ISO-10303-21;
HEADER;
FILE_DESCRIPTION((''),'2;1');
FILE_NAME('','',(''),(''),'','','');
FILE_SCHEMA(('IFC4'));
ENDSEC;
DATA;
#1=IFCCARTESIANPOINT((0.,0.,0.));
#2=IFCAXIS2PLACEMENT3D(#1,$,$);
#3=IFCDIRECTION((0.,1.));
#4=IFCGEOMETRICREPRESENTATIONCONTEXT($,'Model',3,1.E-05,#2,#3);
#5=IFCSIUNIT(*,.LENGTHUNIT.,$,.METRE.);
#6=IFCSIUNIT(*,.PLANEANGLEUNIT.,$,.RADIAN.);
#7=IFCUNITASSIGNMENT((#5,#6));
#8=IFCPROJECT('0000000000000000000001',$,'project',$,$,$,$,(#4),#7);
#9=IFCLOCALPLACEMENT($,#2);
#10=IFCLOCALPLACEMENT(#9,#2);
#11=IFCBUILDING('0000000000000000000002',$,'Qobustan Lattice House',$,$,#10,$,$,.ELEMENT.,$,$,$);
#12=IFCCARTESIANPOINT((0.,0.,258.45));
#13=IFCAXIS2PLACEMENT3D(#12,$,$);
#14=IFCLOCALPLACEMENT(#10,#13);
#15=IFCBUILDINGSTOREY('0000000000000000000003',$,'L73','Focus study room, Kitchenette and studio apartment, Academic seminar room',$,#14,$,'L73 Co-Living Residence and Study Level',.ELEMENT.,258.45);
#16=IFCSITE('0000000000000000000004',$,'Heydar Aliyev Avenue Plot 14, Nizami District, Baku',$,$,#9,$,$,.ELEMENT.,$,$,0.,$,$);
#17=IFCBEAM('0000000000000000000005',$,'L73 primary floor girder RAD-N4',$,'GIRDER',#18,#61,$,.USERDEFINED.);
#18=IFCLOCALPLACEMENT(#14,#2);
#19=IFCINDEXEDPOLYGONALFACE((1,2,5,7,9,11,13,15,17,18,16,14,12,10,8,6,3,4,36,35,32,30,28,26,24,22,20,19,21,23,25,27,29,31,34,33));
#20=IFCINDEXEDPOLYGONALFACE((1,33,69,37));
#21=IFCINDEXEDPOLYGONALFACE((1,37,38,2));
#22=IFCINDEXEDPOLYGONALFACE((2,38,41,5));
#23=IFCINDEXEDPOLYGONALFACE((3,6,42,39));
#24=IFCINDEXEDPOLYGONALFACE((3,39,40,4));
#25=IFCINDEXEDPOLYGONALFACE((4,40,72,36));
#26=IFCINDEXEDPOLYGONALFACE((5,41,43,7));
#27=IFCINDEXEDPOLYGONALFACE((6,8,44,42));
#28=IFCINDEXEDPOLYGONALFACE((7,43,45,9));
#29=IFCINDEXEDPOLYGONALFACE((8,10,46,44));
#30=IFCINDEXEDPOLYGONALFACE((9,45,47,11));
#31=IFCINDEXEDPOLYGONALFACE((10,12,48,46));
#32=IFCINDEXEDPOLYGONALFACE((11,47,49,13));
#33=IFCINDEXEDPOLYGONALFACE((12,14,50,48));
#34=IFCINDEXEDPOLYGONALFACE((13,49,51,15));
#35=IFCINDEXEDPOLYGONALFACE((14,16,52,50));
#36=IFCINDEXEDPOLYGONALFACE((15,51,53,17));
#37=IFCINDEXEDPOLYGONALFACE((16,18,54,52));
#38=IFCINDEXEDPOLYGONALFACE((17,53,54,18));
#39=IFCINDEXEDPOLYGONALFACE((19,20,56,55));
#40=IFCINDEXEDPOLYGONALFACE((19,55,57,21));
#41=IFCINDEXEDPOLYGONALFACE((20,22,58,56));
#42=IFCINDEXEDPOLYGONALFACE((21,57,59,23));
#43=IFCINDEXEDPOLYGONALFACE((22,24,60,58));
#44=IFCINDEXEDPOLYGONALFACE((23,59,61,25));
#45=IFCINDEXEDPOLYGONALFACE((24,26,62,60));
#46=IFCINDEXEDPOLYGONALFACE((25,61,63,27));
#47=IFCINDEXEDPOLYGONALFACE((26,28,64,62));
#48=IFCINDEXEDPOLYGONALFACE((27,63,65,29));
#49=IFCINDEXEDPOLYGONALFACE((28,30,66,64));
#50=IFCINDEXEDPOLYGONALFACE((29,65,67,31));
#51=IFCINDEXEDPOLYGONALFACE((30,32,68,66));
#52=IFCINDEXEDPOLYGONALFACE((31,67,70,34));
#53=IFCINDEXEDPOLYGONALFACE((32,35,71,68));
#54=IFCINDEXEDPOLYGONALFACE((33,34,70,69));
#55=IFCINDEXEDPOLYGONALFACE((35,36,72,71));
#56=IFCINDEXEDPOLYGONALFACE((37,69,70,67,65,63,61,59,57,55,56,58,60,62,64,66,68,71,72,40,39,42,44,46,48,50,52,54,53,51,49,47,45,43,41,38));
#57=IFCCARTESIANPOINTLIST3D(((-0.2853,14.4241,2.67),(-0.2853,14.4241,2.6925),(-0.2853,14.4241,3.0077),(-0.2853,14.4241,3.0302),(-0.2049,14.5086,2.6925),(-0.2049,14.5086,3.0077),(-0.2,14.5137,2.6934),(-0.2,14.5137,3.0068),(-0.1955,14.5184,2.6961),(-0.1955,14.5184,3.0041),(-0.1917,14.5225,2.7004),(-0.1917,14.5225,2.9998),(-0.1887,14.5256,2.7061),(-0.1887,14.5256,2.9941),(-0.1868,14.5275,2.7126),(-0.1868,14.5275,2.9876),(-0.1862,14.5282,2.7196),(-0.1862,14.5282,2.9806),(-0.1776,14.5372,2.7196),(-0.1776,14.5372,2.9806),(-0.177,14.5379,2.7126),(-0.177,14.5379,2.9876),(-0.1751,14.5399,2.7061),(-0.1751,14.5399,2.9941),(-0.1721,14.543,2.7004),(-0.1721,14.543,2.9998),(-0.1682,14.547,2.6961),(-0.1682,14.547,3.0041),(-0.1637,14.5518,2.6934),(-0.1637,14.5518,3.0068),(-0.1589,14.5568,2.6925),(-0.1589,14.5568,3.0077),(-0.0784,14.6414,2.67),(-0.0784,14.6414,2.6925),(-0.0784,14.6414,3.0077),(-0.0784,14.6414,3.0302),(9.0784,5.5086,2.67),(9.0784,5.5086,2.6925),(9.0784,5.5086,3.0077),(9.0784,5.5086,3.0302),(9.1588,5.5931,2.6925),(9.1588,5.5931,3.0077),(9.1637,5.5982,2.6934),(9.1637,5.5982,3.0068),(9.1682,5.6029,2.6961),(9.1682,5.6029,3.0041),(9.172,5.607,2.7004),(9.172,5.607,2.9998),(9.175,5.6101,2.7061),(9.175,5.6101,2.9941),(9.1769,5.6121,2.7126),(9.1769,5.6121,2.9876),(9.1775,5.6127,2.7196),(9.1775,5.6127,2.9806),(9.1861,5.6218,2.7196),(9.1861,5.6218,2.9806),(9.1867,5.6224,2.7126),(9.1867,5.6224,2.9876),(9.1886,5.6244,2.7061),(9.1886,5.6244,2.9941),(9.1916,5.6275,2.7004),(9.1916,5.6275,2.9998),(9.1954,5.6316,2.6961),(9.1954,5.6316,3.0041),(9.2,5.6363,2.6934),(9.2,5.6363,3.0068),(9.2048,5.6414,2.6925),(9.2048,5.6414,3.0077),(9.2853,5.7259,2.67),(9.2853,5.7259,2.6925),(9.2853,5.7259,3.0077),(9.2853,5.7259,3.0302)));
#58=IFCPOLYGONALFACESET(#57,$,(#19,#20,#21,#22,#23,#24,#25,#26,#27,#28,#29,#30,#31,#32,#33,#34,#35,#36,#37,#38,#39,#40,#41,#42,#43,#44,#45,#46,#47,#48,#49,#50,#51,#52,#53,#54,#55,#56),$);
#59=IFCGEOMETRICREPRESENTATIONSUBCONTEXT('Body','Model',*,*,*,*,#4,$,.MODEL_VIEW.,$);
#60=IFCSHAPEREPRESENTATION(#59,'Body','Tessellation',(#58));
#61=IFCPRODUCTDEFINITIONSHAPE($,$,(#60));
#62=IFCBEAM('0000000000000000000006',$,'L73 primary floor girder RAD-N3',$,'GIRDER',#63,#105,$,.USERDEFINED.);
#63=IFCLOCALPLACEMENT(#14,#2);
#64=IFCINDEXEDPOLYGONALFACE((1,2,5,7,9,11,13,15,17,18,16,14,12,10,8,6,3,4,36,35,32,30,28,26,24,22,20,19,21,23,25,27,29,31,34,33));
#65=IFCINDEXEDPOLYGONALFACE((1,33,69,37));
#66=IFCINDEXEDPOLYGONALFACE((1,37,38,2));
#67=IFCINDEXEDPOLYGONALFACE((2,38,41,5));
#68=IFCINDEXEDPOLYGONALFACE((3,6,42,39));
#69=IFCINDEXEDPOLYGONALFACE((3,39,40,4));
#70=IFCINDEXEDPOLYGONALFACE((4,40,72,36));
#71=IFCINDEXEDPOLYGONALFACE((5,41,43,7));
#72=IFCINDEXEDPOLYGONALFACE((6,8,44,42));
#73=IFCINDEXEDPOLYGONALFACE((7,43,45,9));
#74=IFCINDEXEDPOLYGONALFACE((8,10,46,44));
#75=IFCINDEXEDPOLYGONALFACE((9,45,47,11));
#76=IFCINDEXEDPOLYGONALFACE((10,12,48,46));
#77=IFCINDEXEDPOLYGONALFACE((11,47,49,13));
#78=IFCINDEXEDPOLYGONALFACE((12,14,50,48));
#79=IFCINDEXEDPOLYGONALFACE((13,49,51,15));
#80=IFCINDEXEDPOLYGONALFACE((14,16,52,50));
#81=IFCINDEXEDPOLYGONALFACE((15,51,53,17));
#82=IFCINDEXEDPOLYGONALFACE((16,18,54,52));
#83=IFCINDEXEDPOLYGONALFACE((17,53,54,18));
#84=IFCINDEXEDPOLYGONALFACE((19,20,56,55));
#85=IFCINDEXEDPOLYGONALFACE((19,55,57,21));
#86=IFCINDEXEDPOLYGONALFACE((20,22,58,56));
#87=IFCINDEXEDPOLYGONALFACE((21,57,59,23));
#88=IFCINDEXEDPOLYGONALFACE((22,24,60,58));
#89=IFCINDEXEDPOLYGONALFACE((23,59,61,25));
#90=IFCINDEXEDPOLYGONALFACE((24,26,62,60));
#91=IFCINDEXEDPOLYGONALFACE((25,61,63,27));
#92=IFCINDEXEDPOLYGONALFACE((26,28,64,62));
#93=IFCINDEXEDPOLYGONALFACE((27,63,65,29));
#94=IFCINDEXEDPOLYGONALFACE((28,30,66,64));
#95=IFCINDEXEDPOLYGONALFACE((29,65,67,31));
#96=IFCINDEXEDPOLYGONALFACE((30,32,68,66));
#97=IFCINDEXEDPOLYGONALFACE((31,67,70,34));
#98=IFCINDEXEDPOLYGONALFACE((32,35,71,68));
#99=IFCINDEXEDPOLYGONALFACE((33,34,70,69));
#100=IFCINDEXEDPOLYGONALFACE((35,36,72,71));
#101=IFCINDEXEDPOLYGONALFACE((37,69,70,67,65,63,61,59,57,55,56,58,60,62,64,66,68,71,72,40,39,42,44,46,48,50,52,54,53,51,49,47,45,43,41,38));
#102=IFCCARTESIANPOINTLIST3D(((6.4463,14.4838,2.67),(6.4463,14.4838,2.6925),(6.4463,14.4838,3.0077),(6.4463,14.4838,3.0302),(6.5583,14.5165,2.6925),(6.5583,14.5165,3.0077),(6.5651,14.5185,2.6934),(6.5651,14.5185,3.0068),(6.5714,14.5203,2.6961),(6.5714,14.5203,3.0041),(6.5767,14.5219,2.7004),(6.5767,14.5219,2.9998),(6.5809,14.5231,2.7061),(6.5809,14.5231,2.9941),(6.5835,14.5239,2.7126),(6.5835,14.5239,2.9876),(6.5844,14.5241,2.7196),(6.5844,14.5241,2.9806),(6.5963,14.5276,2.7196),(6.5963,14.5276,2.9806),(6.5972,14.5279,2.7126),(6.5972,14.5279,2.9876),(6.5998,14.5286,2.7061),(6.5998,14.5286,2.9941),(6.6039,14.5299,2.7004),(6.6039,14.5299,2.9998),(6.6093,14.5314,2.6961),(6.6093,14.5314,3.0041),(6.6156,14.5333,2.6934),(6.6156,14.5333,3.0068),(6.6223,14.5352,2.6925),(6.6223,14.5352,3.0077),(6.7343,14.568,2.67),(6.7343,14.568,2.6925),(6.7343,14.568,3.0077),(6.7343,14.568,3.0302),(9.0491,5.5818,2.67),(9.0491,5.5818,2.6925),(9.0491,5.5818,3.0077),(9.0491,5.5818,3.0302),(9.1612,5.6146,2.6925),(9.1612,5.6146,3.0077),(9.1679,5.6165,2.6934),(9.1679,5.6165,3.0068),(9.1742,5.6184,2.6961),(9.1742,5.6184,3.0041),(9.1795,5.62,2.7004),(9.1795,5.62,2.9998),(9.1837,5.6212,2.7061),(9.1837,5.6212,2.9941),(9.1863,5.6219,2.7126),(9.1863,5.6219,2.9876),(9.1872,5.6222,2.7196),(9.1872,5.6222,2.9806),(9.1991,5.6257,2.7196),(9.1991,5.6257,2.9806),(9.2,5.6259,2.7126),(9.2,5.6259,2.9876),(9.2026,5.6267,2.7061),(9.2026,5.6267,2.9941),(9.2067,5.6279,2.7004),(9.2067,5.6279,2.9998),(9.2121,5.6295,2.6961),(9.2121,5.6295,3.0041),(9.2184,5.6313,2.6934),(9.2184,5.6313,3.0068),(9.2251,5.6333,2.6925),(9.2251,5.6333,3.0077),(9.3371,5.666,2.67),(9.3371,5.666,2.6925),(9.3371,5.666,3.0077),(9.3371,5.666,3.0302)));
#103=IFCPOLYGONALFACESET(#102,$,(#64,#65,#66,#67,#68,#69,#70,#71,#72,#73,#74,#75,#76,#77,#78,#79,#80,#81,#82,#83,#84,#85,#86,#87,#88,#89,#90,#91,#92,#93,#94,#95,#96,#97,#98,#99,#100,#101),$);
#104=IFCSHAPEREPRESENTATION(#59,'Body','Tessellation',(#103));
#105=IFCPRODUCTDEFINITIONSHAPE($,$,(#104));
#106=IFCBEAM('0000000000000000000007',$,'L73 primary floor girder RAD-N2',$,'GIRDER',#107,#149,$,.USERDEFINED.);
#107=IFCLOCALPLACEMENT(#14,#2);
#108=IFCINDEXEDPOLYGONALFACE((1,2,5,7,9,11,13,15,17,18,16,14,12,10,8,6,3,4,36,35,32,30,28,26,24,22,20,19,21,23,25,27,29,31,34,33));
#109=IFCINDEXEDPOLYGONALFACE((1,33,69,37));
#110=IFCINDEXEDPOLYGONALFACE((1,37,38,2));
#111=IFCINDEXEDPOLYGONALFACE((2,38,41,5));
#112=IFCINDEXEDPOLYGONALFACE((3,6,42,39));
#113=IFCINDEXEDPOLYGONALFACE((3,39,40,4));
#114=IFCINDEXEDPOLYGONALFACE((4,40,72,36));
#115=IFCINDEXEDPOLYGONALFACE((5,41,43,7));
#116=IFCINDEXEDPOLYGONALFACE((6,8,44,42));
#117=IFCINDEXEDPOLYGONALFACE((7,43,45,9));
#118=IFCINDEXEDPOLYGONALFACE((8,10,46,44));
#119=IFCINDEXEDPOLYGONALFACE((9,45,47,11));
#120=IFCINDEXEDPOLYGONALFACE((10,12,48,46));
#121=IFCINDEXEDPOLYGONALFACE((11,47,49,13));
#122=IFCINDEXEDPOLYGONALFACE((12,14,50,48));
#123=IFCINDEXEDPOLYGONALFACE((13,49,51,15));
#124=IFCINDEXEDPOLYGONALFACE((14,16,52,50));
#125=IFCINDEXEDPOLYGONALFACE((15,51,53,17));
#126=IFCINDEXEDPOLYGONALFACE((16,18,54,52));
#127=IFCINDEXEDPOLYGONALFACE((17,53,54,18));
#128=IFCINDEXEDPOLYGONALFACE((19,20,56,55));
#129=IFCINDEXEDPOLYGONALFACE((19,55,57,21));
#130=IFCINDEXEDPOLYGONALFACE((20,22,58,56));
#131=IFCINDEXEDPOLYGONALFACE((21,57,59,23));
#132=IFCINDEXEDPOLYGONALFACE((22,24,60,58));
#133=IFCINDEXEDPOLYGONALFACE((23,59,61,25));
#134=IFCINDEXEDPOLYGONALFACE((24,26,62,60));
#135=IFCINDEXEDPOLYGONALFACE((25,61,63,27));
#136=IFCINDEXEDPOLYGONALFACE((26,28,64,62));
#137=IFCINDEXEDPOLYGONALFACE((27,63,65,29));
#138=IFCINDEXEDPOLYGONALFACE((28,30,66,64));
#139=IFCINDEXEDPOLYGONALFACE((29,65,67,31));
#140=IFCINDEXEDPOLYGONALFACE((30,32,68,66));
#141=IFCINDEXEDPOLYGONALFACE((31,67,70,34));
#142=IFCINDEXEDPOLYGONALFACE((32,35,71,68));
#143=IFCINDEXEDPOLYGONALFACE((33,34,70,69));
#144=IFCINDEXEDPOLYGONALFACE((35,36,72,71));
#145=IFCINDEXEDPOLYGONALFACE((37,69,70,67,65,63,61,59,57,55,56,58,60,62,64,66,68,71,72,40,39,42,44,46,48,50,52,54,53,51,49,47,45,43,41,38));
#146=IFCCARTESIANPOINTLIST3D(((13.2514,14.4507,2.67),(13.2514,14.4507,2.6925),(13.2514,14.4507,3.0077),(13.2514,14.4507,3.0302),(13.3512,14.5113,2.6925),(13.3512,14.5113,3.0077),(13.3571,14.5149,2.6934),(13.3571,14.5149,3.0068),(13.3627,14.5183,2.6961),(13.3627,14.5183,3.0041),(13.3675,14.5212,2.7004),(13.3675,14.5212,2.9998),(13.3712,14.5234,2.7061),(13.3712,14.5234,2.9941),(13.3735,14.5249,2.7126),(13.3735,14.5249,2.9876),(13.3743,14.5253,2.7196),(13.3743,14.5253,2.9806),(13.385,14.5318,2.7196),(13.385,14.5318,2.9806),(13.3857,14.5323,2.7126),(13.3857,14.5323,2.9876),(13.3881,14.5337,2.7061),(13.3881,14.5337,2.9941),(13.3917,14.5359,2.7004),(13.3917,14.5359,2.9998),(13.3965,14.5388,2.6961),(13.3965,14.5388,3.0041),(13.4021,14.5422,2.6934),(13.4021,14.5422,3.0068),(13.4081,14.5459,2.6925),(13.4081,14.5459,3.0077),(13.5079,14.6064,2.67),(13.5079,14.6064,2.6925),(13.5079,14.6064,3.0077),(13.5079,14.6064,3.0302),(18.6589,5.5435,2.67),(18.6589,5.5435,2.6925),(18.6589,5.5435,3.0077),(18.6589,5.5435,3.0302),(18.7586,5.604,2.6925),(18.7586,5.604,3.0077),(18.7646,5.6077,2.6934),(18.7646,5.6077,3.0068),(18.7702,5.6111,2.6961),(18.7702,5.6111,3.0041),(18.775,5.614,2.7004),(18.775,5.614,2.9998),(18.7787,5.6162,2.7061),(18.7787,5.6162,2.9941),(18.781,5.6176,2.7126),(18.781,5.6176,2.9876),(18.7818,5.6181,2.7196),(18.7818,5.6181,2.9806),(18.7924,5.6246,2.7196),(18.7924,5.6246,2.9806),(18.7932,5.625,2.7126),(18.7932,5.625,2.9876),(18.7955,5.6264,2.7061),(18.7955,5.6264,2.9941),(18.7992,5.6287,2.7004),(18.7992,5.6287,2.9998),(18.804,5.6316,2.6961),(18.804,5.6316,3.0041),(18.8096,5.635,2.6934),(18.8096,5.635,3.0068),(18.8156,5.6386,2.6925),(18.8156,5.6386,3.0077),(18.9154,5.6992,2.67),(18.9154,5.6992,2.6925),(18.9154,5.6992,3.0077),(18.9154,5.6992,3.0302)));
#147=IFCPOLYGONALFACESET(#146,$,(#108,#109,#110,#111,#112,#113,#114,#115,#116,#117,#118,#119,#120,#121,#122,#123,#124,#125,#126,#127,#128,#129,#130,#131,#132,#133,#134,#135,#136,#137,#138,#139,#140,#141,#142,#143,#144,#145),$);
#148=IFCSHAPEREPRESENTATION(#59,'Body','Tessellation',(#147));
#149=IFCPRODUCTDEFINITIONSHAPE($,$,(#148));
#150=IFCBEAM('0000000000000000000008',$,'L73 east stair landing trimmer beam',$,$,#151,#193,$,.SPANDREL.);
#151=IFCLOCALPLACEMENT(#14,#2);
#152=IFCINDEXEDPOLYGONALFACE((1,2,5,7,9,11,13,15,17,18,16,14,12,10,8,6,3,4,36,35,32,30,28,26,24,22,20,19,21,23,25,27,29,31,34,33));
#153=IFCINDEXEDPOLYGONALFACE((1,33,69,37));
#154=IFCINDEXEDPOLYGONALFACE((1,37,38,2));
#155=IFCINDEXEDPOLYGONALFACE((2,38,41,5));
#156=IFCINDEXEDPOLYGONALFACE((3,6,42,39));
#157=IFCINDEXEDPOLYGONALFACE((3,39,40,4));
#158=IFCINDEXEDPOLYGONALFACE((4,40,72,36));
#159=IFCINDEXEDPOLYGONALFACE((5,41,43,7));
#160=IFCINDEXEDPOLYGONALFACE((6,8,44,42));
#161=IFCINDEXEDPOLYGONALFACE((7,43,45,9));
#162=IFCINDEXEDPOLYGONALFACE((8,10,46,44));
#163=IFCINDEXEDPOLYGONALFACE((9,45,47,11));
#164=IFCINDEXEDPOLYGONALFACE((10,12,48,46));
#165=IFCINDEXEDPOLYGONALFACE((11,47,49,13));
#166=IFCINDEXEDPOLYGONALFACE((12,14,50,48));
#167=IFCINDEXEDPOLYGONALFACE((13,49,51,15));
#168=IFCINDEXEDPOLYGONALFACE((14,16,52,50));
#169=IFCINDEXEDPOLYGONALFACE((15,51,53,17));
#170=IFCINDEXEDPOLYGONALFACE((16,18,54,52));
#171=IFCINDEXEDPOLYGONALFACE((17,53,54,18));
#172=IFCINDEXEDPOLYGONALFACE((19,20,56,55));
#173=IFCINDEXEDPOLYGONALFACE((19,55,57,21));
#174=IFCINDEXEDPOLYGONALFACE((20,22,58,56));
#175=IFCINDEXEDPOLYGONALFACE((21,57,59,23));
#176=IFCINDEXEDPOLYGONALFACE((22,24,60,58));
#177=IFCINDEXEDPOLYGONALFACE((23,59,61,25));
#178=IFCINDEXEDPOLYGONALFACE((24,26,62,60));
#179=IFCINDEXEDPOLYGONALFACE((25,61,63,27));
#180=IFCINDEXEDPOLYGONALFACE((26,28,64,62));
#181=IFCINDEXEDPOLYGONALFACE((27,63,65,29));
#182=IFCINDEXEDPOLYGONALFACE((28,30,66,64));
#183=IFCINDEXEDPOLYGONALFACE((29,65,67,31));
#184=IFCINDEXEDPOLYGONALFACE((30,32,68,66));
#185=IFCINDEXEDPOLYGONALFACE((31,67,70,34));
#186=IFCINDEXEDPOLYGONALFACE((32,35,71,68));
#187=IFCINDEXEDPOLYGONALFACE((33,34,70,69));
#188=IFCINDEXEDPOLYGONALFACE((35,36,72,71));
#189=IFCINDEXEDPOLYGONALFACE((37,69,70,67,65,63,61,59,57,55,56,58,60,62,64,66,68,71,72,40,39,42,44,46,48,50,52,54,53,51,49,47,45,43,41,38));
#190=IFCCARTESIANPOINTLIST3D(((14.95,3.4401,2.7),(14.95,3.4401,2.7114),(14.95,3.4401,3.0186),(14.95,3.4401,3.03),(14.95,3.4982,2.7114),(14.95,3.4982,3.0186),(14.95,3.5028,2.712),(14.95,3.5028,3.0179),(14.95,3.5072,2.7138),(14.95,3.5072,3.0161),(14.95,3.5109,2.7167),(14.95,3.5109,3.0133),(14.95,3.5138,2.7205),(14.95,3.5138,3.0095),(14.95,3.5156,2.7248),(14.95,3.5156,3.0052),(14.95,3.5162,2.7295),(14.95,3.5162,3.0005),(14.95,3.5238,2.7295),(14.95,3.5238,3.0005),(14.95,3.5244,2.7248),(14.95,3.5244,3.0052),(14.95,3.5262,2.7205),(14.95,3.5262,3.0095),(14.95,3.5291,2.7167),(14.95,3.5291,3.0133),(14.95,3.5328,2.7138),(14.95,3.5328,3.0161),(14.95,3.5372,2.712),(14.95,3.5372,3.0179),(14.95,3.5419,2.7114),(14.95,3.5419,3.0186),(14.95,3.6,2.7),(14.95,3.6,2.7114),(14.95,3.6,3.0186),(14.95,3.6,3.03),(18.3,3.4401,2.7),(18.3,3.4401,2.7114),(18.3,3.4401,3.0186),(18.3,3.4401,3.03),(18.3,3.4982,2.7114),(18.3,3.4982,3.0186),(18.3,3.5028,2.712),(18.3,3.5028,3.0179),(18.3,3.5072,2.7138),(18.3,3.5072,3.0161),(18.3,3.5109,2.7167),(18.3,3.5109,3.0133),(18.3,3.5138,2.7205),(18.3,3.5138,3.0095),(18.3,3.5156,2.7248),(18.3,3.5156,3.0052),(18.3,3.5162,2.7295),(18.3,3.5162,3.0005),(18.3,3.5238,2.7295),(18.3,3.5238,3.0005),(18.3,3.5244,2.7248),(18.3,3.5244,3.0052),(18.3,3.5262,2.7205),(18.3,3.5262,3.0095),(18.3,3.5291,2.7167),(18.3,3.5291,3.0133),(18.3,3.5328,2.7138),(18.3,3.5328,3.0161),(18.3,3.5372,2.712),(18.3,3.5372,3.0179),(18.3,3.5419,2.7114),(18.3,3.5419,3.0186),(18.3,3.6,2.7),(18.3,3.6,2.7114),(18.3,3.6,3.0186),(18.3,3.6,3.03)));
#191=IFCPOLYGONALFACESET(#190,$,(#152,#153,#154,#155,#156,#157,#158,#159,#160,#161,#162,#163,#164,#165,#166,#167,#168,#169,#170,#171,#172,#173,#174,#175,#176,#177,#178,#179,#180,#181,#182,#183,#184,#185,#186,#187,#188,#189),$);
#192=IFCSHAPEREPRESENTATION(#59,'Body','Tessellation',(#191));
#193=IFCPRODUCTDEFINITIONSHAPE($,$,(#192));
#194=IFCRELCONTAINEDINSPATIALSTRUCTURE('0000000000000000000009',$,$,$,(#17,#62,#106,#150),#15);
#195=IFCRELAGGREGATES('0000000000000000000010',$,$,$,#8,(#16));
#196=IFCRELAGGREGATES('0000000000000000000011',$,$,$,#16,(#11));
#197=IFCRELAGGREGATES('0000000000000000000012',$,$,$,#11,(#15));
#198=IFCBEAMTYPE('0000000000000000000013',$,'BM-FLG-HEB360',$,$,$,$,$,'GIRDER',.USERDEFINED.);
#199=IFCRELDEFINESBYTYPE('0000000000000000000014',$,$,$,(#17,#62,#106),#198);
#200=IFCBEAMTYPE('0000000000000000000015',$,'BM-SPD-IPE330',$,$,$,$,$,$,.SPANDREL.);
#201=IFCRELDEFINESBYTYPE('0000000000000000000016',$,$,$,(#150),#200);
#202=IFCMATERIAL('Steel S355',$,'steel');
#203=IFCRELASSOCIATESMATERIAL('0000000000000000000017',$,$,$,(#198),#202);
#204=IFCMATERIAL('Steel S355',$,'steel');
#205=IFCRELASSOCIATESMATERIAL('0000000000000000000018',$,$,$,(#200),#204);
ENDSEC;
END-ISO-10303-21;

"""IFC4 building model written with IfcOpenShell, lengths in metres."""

from ifc_helpers import new_model, si_unit, direction, frame, origin, origin_2d, place, context, subcontext, project, spatial, i_section, extrude, material, material_profile, profile_set, type_object, element, save


model = new_model("IFC4")

# Units and contexts
model_context = context("Model", 3, precision=1e-05, world=origin(), true_north=direction((0.0, 1.0)))
body_context = subcontext(model_context, "Body", "Model", "MODEL_VIEW")
ifc_project = project(units=[si_unit("LENGTHUNIT", "METRE"), si_unit("PLANEANGLEUNIT", "RADIAN")], contexts=[model_context])

# Site, building, storey
site_placement = place(None, origin())
site = spatial("IfcSite", under=ifc_project, at=site_placement, Name="Heydar Aliyev Avenue Plot 14, Nizami District, Baku", CompositionType="ELEMENT", RefElevation=0.0)
building_placement = place(site_placement, origin())
building = spatial("IfcBuilding", under=site, at=building_placement, Name="Qobustan Lattice House", CompositionType="ELEMENT")
storey_placement = place(building_placement, frame((0.0, 0.0, 258.45)))
storey = spatial("IfcBuildingStorey", under=building, at=storey_placement, Name="L73", Description="Focus study room, Kitchenette and studio apartment, Academic seminar room", LongName="L73 Co-Living Residence and Study Level", CompositionType="ELEMENT", Elevation=258.45)

# Beams
ifc_material_1 = material(Name="Steel S355", Category="steel")
ifc_material_profile_1 = material_profile(ifc_material_1, i_section(OverallWidth=0.3, OverallDepth=0.3601, WebThickness=0.0125, FlangeThickness=0.0225, FilletRadius=0.0271, at=origin_2d()), Name="HEB360")
ifc_profile_set_1 = profile_set([ifc_material_profile_1], Name="Steel S355")
beam_type_1 = type_object("IfcBeamType", Name="BM-FLG-HEB360", ElementType="GIRDER", PredefinedType="USERDEFINED", material=ifc_profile_set_1)
beam_1_placement = place(storey_placement, frame((-0.1819, 14.5327, 2.8501), z_axis=(0.724229, -0.68956, 0.0), x_axis=(0.68956, 0.724229, 0.0)))
element("IfcBeam", 1, at=beam_1_placement, inside=storey, type_object=beam_type_1, Name="L73 primary floor girder RAD-N4", ObjectType="GIRDER", PredefinedType="USERDEFINED", context=body_context, shape_type="SweptSolid", body=[
    extrude(i_section(OverallWidth=0.3, OverallDepth=0.3601, WebThickness=0.0125, FlangeThickness=0.0225, FilletRadius=0.0271, at=origin_2d()), origin(), (0.0, 0.0, 1.0), 12.9292),
])
beam_2_placement = place(storey_placement, frame((6.5903, 14.5259, 2.8501), z_axis=(0.280637, -0.959814, 0.0), x_axis=(0.959814, 0.280637, 0.0)))
element("IfcBeam", 2, at=beam_2_placement, inside=storey, type_object=beam_type_1, Name="L73 primary floor girder RAD-N3", ObjectType="GIRDER", PredefinedType="USERDEFINED", context=body_context, shape_type="SweptSolid", body=[
    extrude(i_section(OverallWidth=0.3, OverallDepth=0.3601, WebThickness=0.0125, FlangeThickness=0.0225, FilletRadius=0.0271, at=origin_2d()), origin(), (0.0, 0.0, 1.0), 9.2747),
])
beam_3_placement = place(storey_placement, frame((13.3796, 14.5286, 2.8501), z_axis=(0.518944, -0.854808, 0.0), x_axis=(0.854808, 0.518944, 0.0)))
element("IfcBeam", 3, at=beam_3_placement, inside=storey, type_object=beam_type_1, Name="L73 primary floor girder RAD-N2", ObjectType="GIRDER", PredefinedType="USERDEFINED", context=body_context, shape_type="SweptSolid", body=[
    extrude(i_section(OverallWidth=0.3, OverallDepth=0.3601, WebThickness=0.0125, FlangeThickness=0.0225, FilletRadius=0.0271, at=origin_2d()), origin(), (0.0, 0.0, 1.0), 10.4202),
])
ifc_material_2 = material(Name="Steel S355", Category="steel")
ifc_material_profile_2 = material_profile(ifc_material_2, i_section(OverallWidth=0.1599, OverallDepth=0.3301, WebThickness=0.0076, FlangeThickness=0.0115, FilletRadius=0.0181, at=origin_2d()), Name="IPE330")
ifc_profile_set_2 = profile_set([ifc_material_profile_2], Name="Steel S355")
beam_type_2 = type_object("IfcBeamType", Name="BM-SPD-IPE330", PredefinedType="SPANDREL", material=ifc_profile_set_2)
beam_4_placement = place(storey_placement, frame((14.95, 3.52, 2.865), z_axis=(1.0, 0.0, 0.0), x_axis=(0.0, 1.0, 0.0)))
element("IfcBeam", 4, at=beam_4_placement, inside=storey, type_object=beam_type_2, Name="L73 east stair landing trimmer beam", PredefinedType="SPANDREL", context=body_context, shape_type="SweptSolid", body=[
    extrude(i_section(OverallWidth=0.1599, OverallDepth=0.3301, WebThickness=0.0076, FlangeThickness=0.0115, FilletRadius=0.0181, at=origin_2d()), origin(), (0.0, 0.0, 1.0), 3.3501),
])

save(model, "model.ifc")
